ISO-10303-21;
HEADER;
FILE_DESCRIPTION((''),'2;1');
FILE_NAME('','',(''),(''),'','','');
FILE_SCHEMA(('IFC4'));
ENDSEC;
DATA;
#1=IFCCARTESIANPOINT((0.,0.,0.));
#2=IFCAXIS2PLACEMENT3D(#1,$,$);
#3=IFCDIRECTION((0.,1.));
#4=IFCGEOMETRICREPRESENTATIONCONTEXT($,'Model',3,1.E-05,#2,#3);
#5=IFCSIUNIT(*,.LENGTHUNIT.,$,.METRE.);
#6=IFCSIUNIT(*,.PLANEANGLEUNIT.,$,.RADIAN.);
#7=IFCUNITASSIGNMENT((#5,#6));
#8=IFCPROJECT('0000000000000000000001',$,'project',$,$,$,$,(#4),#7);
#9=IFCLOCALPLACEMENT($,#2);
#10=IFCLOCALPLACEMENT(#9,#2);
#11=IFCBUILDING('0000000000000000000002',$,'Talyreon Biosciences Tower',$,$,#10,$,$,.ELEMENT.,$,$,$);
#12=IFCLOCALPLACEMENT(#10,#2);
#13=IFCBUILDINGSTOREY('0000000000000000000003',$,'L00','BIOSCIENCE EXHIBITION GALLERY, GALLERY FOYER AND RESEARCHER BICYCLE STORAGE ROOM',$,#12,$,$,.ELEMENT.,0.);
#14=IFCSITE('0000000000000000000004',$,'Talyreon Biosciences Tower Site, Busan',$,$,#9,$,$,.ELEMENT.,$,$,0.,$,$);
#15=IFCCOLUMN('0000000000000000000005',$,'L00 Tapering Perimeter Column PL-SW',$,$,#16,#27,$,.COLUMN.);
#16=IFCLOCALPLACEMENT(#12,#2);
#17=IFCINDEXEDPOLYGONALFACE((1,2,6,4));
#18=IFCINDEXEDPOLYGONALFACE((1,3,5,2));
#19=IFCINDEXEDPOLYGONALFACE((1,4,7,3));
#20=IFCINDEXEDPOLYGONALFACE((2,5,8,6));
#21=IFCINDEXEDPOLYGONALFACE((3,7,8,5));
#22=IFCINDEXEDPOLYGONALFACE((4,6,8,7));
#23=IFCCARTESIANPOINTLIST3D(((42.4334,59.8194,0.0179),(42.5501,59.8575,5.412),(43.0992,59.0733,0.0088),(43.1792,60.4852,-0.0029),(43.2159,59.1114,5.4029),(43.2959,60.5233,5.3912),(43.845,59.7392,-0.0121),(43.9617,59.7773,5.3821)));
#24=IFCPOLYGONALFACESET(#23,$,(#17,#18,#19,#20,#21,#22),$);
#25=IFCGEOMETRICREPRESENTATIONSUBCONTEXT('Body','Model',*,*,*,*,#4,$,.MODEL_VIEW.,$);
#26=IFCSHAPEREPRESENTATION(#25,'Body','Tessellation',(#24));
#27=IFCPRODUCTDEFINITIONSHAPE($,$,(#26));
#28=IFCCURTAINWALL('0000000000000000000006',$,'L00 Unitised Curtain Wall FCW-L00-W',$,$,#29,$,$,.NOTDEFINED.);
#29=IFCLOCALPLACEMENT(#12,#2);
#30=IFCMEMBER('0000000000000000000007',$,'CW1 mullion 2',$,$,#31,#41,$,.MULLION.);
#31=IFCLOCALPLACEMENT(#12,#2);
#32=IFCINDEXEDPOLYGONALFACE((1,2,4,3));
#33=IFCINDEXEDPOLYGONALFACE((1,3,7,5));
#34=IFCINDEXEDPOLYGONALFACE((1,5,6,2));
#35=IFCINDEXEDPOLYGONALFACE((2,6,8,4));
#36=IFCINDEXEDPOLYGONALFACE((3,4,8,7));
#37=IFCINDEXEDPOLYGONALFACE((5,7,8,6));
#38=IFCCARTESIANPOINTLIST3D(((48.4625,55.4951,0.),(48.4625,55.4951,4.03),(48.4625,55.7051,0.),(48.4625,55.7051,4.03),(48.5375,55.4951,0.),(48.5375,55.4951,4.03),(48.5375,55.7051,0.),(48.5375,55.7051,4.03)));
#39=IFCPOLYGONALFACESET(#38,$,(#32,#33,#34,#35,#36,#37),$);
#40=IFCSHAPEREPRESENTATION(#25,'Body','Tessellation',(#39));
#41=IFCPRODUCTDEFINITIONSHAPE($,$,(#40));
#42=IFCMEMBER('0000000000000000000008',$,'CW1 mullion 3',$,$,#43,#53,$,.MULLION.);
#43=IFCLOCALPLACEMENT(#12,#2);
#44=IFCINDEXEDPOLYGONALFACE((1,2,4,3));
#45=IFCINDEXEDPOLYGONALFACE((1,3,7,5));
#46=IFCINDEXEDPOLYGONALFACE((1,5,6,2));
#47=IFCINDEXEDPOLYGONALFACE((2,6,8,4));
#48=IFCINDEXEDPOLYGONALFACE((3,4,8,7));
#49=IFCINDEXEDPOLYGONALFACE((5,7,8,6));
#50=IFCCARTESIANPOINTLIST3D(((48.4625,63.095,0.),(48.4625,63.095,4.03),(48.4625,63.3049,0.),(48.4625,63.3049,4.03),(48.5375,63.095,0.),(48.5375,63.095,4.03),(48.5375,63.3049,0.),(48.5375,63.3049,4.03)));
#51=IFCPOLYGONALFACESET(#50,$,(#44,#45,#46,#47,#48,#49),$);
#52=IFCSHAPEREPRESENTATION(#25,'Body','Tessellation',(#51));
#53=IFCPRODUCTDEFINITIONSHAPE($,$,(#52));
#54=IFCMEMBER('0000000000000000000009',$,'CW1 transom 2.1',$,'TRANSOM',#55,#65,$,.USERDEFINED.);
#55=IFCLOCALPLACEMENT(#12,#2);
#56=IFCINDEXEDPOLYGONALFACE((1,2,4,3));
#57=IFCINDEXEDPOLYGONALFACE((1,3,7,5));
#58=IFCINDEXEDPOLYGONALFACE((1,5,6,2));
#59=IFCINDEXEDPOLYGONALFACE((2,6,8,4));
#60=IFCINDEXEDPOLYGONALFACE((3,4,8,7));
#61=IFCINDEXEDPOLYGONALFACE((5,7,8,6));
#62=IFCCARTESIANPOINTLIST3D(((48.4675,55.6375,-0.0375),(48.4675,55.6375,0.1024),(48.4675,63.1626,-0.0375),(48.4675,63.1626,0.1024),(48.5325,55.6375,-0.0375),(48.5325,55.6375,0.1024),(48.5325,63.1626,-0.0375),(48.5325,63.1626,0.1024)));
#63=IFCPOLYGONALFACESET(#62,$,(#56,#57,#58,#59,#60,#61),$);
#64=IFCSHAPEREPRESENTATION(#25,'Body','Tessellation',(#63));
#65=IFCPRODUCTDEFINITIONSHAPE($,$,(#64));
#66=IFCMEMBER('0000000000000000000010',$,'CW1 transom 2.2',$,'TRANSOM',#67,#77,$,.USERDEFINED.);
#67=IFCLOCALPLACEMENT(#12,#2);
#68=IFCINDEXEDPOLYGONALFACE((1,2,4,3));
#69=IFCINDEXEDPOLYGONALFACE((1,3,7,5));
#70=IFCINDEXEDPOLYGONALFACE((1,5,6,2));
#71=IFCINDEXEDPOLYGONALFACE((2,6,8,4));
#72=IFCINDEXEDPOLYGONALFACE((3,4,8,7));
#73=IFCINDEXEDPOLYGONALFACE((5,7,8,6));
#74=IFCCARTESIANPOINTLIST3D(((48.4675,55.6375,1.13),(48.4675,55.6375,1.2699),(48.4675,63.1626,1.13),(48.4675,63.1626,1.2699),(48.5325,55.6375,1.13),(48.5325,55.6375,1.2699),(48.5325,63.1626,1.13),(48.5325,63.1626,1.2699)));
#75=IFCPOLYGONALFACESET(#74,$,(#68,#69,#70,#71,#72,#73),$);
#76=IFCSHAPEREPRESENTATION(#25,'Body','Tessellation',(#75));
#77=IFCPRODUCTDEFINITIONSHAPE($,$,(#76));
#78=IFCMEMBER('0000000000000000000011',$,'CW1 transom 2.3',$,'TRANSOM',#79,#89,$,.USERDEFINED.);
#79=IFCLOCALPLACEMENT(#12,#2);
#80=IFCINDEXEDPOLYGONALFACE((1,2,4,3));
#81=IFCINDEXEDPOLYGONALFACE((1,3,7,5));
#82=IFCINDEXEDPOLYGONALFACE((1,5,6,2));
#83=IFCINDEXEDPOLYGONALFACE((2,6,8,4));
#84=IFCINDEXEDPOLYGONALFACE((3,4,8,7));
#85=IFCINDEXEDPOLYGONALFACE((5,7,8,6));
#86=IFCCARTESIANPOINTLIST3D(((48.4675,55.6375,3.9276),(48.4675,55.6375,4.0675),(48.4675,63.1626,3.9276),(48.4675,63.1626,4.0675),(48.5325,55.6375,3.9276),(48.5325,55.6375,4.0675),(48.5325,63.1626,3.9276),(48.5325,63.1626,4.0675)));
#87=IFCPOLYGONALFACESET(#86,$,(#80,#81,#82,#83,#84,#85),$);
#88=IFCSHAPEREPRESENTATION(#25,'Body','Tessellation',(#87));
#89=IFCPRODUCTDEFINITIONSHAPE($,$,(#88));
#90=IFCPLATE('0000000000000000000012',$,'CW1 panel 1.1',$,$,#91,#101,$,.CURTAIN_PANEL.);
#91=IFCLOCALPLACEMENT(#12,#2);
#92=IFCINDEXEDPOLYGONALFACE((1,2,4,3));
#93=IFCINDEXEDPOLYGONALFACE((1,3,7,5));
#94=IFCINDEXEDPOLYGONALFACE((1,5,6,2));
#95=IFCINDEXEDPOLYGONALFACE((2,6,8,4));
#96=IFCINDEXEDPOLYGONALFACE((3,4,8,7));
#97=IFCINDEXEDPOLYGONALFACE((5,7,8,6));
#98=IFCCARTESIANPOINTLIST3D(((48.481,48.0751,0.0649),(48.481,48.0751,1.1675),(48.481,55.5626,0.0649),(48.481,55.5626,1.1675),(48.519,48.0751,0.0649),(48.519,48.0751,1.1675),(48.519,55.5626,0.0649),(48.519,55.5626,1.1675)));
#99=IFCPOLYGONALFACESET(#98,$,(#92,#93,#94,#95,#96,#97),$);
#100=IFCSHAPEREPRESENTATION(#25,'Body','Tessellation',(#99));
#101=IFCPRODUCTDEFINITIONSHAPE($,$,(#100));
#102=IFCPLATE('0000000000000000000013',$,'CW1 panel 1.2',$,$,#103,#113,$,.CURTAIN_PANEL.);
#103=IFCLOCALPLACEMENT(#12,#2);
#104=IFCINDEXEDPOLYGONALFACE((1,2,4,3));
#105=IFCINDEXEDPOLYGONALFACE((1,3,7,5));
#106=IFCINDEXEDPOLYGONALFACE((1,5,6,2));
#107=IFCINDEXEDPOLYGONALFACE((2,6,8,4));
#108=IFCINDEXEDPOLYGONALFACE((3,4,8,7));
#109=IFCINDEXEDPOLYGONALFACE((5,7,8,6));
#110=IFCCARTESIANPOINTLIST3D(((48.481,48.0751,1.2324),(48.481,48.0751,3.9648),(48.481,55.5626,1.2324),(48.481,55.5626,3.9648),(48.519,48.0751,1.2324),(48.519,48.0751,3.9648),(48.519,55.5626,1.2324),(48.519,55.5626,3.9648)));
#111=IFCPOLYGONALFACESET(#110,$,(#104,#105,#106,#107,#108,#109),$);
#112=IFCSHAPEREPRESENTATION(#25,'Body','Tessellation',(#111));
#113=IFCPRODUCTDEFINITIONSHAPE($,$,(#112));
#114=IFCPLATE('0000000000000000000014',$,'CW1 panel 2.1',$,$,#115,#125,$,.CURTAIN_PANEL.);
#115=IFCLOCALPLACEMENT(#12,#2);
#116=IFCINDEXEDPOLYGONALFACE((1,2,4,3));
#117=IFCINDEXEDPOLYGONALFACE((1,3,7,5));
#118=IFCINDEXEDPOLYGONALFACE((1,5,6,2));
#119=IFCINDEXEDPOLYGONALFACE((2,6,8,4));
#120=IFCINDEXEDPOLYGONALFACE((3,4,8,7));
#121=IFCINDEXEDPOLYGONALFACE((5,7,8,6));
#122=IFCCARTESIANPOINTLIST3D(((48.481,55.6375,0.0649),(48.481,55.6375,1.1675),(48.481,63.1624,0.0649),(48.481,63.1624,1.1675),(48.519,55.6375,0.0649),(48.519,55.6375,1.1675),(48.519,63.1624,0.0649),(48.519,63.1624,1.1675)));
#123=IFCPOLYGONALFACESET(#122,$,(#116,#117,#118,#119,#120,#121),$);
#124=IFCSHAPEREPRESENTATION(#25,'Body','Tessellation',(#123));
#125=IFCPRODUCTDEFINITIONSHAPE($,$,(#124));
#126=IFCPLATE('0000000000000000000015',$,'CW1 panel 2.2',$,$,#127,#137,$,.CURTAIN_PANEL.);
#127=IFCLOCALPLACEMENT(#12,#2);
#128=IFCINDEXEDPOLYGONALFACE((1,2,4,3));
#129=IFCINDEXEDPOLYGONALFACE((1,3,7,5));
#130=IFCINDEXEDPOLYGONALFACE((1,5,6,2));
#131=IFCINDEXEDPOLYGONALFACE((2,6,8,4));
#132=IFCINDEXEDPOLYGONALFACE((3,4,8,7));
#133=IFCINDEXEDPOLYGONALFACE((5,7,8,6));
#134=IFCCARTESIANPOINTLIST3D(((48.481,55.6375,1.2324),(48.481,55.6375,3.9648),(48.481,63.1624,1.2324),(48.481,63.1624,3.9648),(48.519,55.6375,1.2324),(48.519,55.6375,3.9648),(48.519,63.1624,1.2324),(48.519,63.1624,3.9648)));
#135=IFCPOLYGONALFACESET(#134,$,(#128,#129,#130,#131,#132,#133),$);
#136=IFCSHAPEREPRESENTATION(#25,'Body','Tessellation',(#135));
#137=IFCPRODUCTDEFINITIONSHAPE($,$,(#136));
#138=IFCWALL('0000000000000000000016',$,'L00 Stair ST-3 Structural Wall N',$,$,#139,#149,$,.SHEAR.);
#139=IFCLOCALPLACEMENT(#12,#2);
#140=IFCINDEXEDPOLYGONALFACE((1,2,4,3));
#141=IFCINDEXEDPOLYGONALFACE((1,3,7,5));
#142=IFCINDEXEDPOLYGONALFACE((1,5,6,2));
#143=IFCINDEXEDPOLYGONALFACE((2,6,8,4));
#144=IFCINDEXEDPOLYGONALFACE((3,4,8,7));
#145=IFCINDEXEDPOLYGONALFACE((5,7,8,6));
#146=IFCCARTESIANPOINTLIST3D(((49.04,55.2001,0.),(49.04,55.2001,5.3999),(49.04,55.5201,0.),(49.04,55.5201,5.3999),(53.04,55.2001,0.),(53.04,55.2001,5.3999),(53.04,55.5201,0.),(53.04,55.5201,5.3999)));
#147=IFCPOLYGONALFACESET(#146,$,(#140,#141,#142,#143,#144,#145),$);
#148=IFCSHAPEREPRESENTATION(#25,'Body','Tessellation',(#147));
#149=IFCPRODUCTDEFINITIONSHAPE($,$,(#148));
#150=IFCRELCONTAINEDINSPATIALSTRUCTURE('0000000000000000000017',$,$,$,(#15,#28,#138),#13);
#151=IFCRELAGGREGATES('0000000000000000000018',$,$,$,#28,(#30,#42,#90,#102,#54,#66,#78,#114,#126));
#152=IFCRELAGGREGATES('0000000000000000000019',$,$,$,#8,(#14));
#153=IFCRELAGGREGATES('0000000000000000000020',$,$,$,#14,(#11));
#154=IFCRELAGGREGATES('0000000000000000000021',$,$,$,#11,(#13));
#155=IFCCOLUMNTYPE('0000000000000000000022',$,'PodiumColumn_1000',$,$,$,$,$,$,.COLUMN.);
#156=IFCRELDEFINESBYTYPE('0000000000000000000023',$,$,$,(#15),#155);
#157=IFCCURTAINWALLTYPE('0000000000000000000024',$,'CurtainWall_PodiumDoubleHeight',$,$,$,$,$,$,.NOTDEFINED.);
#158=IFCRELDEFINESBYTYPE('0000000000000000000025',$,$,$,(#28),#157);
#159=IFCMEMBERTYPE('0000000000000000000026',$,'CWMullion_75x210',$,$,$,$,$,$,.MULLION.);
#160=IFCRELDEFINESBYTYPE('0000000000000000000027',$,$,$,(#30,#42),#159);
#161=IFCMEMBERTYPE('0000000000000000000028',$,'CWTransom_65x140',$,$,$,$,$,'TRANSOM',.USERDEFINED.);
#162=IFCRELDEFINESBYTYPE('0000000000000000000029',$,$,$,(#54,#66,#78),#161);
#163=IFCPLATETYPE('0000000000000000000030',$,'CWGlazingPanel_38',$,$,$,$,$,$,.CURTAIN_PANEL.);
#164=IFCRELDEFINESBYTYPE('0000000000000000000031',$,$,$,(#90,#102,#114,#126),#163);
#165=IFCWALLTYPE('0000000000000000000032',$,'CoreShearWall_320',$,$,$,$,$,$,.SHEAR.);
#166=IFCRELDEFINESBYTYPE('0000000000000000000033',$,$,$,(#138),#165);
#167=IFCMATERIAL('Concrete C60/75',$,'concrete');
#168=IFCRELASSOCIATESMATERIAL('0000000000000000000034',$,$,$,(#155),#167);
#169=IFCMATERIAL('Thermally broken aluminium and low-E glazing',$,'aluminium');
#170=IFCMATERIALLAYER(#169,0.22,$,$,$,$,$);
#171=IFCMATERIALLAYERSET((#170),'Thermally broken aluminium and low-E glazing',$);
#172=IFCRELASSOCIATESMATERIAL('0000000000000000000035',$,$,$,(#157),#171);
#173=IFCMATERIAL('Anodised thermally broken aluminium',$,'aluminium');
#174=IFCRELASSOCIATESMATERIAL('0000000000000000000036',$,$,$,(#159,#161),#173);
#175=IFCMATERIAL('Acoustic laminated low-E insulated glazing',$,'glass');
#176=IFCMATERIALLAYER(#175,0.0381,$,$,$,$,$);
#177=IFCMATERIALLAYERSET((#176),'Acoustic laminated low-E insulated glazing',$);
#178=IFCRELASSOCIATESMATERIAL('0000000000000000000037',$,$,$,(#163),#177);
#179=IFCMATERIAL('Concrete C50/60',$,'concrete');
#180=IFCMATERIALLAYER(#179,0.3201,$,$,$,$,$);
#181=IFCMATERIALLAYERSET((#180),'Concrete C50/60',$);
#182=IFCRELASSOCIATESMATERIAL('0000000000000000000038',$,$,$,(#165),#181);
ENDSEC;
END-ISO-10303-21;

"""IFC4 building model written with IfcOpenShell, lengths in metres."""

from ifc_helpers import new_model, si_unit, direction, frame, frame_2d, origin, origin_2d, place, context, subcontext, project, spatial, rectangle, extrude, material, layer, layer_set, material_profile, profile_set, type_object, element, aggregate, save


model = new_model("IFC4")

# Units and contexts
model_context = context("Model", 3, precision=1e-05, world=origin(), true_north=direction((0.0, 1.0)))
body_context = subcontext(model_context, "Body", "Model", "MODEL_VIEW")
ifc_project = project(units=[si_unit("LENGTHUNIT", "METRE"), si_unit("PLANEANGLEUNIT", "RADIAN")], contexts=[model_context])

# Site, building, storey
site_placement = place(None, origin())
site = spatial("IfcSite", under=ifc_project, at=site_placement, Name="Talyreon Biosciences Tower Site, Busan", CompositionType="ELEMENT", RefElevation=0.0)
building_placement = place(site_placement, origin())
building = spatial("IfcBuilding", under=site, at=building_placement, Name="Talyreon Biosciences Tower", CompositionType="ELEMENT")
storey_placement = place(building_placement, origin())
storey = spatial("IfcBuildingStorey", under=building, at=storey_placement, Name="L00", Description="BIOSCIENCE EXHIBITION GALLERY, GALLERY FOYER AND RESEARCHER BICYCLE STORAGE ROOM", CompositionType="ELEMENT", Elevation=0.0)

# Column
ifc_material_1 = material(Name="Concrete C60/75", Category="concrete")
ifc_material_profile_1 = material_profile(ifc_material_1, rectangle(XDim=1.0, YDim=1.0, at=origin_2d()), Name="RC 1000x1000")
ifc_profile_set_1 = profile_set([ifc_material_profile_1], Name="Concrete C60/75")
column_type = type_object("IfcColumnType", Name="PodiumColumn_1000", PredefinedType="COLUMN", material=ifc_profile_set_1)
column_placement = place(storey_placement, frame((43.1392, 59.7793, 0.0029), z_axis=(0.021629, 0.007059, 0.999741), x_axis=(0.745813, 0.665829, -0.020837)))
element("IfcColumn", 1, at=column_placement, inside=storey, type_object=column_type, Name="L00 Tapering Perimeter Column PL-SW", PredefinedType="COLUMN", context=body_context, shape_type="SweptSolid", body=[
    extrude(rectangle(XDim=1.0, YDim=1.0, at=origin_2d()), origin(), (0.0, 0.0, 1.0), 5.3955),
])

# Curtain wall, members, plates
ifc_material_2 = material(Name="Thermally broken aluminium and low-E glazing", Category="aluminium")
ifc_layer_1 = layer(ifc_material_2, 0.22)
ifc_layer_set_1 = layer_set([ifc_layer_1], Name="Thermally broken aluminium and low-E glazing")
curtain_wall_type = type_object("IfcCurtainWallType", Name="CurtainWall_PodiumDoubleHeight", PredefinedType="NOTDEFINED", material=ifc_layer_set_1)
curtain_wall_placement = place(storey_placement, origin())
curtain_wall = element("IfcCurtainWall", 2, at=curtain_wall_placement, inside=storey, type_object=curtain_wall_type, Name="L00 Unitised Curtain Wall FCW-L00-W", PredefinedType="NOTDEFINED")
ifc_material_3 = material(Name="Anodised thermally broken aluminium", Category="aluminium")
ifc_material_profile_2 = material_profile(ifc_material_3, rectangle(XDim=0.075, YDim=0.21, at=origin_2d()), Name="ALUM MULLION 75x210")
ifc_profile_set_2 = profile_set([ifc_material_profile_2], Name="Anodised thermally broken aluminium")
member_type_1 = type_object("IfcMemberType", Name="CWMullion_75x210", PredefinedType="MULLION", material=ifc_profile_set_2)
member_1_placement = place(storey_placement, frame((48.5, 55.6001, 0.0), z_axis=(0.0, 0.0, 1.0), x_axis=(-1.0, 0.0, 0.0)))
member_1 = element("IfcMember", 3, at=member_1_placement, type_object=member_type_1, Name="CW1 mullion 2", PredefinedType="MULLION", context=body_context, shape_type="SweptSolid", body=[
    extrude(rectangle(XDim=0.075, YDim=0.21, at=origin_2d()), origin(), (0.0, 0.0, 1.0), 4.03),
])
member_2_placement = place(storey_placement, frame((48.5, 63.2, 0.0), z_axis=(0.0, 0.0, 1.0), x_axis=(-1.0, 0.0, 0.0)))
member_2 = element("IfcMember", 4, at=member_2_placement, type_object=member_type_1, Name="CW1 mullion 3", PredefinedType="MULLION", context=body_context, shape_type="SweptSolid", body=[
    extrude(rectangle(XDim=0.075, YDim=0.21, at=origin_2d()), origin(), (0.0, 0.0, 1.0), 4.03),
])
ifc_material_profile_3 = material_profile(ifc_material_3, rectangle(XDim=0.0649, YDim=0.1399, at=origin_2d()), Name="ALUM TRANSOM 65x140")
ifc_profile_set_3 = profile_set([ifc_material_profile_3], Name="Anodised thermally broken aluminium")
member_type_2 = type_object("IfcMemberType", Name="CWTransom_65x140", ElementType="TRANSOM", PredefinedType="USERDEFINED", material=ifc_profile_set_3)
member_3_placement = place(storey_placement, frame((48.5, 55.6375, 0.0325), z_axis=(0.0, 1.0, 0.0), x_axis=(-1.0, 0.0, 0.0)))
member_3 = element("IfcMember", 5, at=member_3_placement, type_object=member_type_2, Name="CW1 transom 2.1", ObjectType="TRANSOM", PredefinedType="USERDEFINED", context=body_context, shape_type="SweptSolid", body=[
    extrude(rectangle(XDim=0.0649, YDim=0.1399, at=origin_2d()), origin(), (0.0, 0.0, 1.0), 7.5251),
])
member_4_placement = place(storey_placement, frame((48.5, 55.6375, 1.2), z_axis=(0.0, 1.0, 0.0), x_axis=(-1.0, 0.0, 0.0)))
member_4 = element("IfcMember", 6, at=member_4_placement, type_object=member_type_2, Name="CW1 transom 2.2", ObjectType="TRANSOM", PredefinedType="USERDEFINED", context=body_context, shape_type="SweptSolid", body=[
    extrude(rectangle(XDim=0.0649, YDim=0.1399, at=origin_2d()), origin(), (0.0, 0.0, 1.0), 7.5251),
])
member_5_placement = place(storey_placement, frame((48.5, 55.6375, 3.9976), z_axis=(0.0, 1.0, 0.0), x_axis=(-1.0, 0.0, 0.0)))
member_5 = element("IfcMember", 7, at=member_5_placement, type_object=member_type_2, Name="CW1 transom 2.3", ObjectType="TRANSOM", PredefinedType="USERDEFINED", context=body_context, shape_type="SweptSolid", body=[
    extrude(rectangle(XDim=0.0649, YDim=0.1399, at=origin_2d()), origin(), (0.0, 0.0, 1.0), 7.5251),
])
ifc_material_4 = material(Name="Acoustic laminated low-E insulated glazing", Category="glass")
ifc_layer_2 = layer(ifc_material_4, 0.0381)
ifc_layer_set_2 = layer_set([ifc_layer_2], Name="Acoustic laminated low-E insulated glazing")
plate_type = type_object("IfcPlateType", Name="CWGlazingPanel_38", PredefinedType="CURTAIN_PANEL", material=ifc_layer_set_2)
plate_1_placement = place(storey_placement, frame((48.5, 51.8188, 0.0649), z_axis=(0.0, 0.0, 1.0), x_axis=(0.0, 1.0, 0.0)))
plate_1 = element("IfcPlate", 8, at=plate_1_placement, type_object=plate_type, Name="CW1 panel 1.1", PredefinedType="CURTAIN_PANEL", context=body_context, shape_type="SweptSolid", body=[
    extrude(rectangle(XDim=7.4875, YDim=0.0381, at=origin_2d()), origin(), (0.0, 0.0, 1.0), 1.1025),
])
plate_2_placement = place(storey_placement, frame((48.5, 51.8188, 1.2324), z_axis=(0.0, 0.0, 1.0), x_axis=(0.0, 1.0, 0.0)))
plate_2 = element("IfcPlate", 9, at=plate_2_placement, type_object=plate_type, Name="CW1 panel 1.2", PredefinedType="CURTAIN_PANEL", context=body_context, shape_type="SweptSolid", body=[
    extrude(rectangle(XDim=7.4875, YDim=0.0381, at=origin_2d()), origin(), (0.0, 0.0, 1.0), 2.7324),
])
plate_3_placement = place(storey_placement, frame((48.5, 59.3999, 0.0649), z_axis=(0.0, 0.0, 1.0), x_axis=(0.0, 1.0, 0.0)))
plate_3 = element("IfcPlate", 10, at=plate_3_placement, type_object=plate_type, Name="CW1 panel 2.1", PredefinedType="CURTAIN_PANEL", context=body_context, shape_type="SweptSolid", body=[
    extrude(rectangle(XDim=7.5249, YDim=0.0381, at=origin_2d()), origin(), (0.0, 0.0, 1.0), 1.1025),
])
plate_4_placement = place(storey_placement, frame((48.5, 59.3999, 1.2324), z_axis=(0.0, 0.0, 1.0), x_axis=(0.0, 1.0, 0.0)))
plate_4 = element("IfcPlate", 11, at=plate_4_placement, type_object=plate_type, Name="CW1 panel 2.2", PredefinedType="CURTAIN_PANEL", context=body_context, shape_type="SweptSolid", body=[
    extrude(rectangle(XDim=7.5249, YDim=0.0381, at=origin_2d()), origin(), (0.0, 0.0, 1.0), 2.7324),
])
aggregate(curtain_wall, [member_1, member_2, plate_1, plate_2, member_3, member_4, member_5, plate_3, plate_4])

# Wall
ifc_material_5 = material(Name="Concrete C50/60", Category="concrete")
ifc_layer_3 = layer(ifc_material_5, 0.3201)
ifc_layer_set_3 = layer_set([ifc_layer_3], Name="Concrete C50/60")
wall_type = type_object("IfcWallType", Name="CoreShearWall_320", PredefinedType="SHEAR", material=ifc_layer_set_3)
wall_placement = place(storey_placement, frame((49.04, 55.3601, 0.0), z_axis=(0.0, 0.0, 1.0), x_axis=(1.0, 0.0, 0.0)))
element("IfcWall", 12, at=wall_placement, inside=storey, type_object=wall_type, Name="L00 Stair ST-3 Structural Wall N", PredefinedType="SHEAR", context=body_context, shape_type="SweptSolid", body=[
    extrude(rectangle(XDim=4.0, YDim=0.3201, at=frame_2d((2.0, 0.0))), origin(), (0.0, 0.0, 1.0), 5.3999),
])

save(model, "model.ifc")
